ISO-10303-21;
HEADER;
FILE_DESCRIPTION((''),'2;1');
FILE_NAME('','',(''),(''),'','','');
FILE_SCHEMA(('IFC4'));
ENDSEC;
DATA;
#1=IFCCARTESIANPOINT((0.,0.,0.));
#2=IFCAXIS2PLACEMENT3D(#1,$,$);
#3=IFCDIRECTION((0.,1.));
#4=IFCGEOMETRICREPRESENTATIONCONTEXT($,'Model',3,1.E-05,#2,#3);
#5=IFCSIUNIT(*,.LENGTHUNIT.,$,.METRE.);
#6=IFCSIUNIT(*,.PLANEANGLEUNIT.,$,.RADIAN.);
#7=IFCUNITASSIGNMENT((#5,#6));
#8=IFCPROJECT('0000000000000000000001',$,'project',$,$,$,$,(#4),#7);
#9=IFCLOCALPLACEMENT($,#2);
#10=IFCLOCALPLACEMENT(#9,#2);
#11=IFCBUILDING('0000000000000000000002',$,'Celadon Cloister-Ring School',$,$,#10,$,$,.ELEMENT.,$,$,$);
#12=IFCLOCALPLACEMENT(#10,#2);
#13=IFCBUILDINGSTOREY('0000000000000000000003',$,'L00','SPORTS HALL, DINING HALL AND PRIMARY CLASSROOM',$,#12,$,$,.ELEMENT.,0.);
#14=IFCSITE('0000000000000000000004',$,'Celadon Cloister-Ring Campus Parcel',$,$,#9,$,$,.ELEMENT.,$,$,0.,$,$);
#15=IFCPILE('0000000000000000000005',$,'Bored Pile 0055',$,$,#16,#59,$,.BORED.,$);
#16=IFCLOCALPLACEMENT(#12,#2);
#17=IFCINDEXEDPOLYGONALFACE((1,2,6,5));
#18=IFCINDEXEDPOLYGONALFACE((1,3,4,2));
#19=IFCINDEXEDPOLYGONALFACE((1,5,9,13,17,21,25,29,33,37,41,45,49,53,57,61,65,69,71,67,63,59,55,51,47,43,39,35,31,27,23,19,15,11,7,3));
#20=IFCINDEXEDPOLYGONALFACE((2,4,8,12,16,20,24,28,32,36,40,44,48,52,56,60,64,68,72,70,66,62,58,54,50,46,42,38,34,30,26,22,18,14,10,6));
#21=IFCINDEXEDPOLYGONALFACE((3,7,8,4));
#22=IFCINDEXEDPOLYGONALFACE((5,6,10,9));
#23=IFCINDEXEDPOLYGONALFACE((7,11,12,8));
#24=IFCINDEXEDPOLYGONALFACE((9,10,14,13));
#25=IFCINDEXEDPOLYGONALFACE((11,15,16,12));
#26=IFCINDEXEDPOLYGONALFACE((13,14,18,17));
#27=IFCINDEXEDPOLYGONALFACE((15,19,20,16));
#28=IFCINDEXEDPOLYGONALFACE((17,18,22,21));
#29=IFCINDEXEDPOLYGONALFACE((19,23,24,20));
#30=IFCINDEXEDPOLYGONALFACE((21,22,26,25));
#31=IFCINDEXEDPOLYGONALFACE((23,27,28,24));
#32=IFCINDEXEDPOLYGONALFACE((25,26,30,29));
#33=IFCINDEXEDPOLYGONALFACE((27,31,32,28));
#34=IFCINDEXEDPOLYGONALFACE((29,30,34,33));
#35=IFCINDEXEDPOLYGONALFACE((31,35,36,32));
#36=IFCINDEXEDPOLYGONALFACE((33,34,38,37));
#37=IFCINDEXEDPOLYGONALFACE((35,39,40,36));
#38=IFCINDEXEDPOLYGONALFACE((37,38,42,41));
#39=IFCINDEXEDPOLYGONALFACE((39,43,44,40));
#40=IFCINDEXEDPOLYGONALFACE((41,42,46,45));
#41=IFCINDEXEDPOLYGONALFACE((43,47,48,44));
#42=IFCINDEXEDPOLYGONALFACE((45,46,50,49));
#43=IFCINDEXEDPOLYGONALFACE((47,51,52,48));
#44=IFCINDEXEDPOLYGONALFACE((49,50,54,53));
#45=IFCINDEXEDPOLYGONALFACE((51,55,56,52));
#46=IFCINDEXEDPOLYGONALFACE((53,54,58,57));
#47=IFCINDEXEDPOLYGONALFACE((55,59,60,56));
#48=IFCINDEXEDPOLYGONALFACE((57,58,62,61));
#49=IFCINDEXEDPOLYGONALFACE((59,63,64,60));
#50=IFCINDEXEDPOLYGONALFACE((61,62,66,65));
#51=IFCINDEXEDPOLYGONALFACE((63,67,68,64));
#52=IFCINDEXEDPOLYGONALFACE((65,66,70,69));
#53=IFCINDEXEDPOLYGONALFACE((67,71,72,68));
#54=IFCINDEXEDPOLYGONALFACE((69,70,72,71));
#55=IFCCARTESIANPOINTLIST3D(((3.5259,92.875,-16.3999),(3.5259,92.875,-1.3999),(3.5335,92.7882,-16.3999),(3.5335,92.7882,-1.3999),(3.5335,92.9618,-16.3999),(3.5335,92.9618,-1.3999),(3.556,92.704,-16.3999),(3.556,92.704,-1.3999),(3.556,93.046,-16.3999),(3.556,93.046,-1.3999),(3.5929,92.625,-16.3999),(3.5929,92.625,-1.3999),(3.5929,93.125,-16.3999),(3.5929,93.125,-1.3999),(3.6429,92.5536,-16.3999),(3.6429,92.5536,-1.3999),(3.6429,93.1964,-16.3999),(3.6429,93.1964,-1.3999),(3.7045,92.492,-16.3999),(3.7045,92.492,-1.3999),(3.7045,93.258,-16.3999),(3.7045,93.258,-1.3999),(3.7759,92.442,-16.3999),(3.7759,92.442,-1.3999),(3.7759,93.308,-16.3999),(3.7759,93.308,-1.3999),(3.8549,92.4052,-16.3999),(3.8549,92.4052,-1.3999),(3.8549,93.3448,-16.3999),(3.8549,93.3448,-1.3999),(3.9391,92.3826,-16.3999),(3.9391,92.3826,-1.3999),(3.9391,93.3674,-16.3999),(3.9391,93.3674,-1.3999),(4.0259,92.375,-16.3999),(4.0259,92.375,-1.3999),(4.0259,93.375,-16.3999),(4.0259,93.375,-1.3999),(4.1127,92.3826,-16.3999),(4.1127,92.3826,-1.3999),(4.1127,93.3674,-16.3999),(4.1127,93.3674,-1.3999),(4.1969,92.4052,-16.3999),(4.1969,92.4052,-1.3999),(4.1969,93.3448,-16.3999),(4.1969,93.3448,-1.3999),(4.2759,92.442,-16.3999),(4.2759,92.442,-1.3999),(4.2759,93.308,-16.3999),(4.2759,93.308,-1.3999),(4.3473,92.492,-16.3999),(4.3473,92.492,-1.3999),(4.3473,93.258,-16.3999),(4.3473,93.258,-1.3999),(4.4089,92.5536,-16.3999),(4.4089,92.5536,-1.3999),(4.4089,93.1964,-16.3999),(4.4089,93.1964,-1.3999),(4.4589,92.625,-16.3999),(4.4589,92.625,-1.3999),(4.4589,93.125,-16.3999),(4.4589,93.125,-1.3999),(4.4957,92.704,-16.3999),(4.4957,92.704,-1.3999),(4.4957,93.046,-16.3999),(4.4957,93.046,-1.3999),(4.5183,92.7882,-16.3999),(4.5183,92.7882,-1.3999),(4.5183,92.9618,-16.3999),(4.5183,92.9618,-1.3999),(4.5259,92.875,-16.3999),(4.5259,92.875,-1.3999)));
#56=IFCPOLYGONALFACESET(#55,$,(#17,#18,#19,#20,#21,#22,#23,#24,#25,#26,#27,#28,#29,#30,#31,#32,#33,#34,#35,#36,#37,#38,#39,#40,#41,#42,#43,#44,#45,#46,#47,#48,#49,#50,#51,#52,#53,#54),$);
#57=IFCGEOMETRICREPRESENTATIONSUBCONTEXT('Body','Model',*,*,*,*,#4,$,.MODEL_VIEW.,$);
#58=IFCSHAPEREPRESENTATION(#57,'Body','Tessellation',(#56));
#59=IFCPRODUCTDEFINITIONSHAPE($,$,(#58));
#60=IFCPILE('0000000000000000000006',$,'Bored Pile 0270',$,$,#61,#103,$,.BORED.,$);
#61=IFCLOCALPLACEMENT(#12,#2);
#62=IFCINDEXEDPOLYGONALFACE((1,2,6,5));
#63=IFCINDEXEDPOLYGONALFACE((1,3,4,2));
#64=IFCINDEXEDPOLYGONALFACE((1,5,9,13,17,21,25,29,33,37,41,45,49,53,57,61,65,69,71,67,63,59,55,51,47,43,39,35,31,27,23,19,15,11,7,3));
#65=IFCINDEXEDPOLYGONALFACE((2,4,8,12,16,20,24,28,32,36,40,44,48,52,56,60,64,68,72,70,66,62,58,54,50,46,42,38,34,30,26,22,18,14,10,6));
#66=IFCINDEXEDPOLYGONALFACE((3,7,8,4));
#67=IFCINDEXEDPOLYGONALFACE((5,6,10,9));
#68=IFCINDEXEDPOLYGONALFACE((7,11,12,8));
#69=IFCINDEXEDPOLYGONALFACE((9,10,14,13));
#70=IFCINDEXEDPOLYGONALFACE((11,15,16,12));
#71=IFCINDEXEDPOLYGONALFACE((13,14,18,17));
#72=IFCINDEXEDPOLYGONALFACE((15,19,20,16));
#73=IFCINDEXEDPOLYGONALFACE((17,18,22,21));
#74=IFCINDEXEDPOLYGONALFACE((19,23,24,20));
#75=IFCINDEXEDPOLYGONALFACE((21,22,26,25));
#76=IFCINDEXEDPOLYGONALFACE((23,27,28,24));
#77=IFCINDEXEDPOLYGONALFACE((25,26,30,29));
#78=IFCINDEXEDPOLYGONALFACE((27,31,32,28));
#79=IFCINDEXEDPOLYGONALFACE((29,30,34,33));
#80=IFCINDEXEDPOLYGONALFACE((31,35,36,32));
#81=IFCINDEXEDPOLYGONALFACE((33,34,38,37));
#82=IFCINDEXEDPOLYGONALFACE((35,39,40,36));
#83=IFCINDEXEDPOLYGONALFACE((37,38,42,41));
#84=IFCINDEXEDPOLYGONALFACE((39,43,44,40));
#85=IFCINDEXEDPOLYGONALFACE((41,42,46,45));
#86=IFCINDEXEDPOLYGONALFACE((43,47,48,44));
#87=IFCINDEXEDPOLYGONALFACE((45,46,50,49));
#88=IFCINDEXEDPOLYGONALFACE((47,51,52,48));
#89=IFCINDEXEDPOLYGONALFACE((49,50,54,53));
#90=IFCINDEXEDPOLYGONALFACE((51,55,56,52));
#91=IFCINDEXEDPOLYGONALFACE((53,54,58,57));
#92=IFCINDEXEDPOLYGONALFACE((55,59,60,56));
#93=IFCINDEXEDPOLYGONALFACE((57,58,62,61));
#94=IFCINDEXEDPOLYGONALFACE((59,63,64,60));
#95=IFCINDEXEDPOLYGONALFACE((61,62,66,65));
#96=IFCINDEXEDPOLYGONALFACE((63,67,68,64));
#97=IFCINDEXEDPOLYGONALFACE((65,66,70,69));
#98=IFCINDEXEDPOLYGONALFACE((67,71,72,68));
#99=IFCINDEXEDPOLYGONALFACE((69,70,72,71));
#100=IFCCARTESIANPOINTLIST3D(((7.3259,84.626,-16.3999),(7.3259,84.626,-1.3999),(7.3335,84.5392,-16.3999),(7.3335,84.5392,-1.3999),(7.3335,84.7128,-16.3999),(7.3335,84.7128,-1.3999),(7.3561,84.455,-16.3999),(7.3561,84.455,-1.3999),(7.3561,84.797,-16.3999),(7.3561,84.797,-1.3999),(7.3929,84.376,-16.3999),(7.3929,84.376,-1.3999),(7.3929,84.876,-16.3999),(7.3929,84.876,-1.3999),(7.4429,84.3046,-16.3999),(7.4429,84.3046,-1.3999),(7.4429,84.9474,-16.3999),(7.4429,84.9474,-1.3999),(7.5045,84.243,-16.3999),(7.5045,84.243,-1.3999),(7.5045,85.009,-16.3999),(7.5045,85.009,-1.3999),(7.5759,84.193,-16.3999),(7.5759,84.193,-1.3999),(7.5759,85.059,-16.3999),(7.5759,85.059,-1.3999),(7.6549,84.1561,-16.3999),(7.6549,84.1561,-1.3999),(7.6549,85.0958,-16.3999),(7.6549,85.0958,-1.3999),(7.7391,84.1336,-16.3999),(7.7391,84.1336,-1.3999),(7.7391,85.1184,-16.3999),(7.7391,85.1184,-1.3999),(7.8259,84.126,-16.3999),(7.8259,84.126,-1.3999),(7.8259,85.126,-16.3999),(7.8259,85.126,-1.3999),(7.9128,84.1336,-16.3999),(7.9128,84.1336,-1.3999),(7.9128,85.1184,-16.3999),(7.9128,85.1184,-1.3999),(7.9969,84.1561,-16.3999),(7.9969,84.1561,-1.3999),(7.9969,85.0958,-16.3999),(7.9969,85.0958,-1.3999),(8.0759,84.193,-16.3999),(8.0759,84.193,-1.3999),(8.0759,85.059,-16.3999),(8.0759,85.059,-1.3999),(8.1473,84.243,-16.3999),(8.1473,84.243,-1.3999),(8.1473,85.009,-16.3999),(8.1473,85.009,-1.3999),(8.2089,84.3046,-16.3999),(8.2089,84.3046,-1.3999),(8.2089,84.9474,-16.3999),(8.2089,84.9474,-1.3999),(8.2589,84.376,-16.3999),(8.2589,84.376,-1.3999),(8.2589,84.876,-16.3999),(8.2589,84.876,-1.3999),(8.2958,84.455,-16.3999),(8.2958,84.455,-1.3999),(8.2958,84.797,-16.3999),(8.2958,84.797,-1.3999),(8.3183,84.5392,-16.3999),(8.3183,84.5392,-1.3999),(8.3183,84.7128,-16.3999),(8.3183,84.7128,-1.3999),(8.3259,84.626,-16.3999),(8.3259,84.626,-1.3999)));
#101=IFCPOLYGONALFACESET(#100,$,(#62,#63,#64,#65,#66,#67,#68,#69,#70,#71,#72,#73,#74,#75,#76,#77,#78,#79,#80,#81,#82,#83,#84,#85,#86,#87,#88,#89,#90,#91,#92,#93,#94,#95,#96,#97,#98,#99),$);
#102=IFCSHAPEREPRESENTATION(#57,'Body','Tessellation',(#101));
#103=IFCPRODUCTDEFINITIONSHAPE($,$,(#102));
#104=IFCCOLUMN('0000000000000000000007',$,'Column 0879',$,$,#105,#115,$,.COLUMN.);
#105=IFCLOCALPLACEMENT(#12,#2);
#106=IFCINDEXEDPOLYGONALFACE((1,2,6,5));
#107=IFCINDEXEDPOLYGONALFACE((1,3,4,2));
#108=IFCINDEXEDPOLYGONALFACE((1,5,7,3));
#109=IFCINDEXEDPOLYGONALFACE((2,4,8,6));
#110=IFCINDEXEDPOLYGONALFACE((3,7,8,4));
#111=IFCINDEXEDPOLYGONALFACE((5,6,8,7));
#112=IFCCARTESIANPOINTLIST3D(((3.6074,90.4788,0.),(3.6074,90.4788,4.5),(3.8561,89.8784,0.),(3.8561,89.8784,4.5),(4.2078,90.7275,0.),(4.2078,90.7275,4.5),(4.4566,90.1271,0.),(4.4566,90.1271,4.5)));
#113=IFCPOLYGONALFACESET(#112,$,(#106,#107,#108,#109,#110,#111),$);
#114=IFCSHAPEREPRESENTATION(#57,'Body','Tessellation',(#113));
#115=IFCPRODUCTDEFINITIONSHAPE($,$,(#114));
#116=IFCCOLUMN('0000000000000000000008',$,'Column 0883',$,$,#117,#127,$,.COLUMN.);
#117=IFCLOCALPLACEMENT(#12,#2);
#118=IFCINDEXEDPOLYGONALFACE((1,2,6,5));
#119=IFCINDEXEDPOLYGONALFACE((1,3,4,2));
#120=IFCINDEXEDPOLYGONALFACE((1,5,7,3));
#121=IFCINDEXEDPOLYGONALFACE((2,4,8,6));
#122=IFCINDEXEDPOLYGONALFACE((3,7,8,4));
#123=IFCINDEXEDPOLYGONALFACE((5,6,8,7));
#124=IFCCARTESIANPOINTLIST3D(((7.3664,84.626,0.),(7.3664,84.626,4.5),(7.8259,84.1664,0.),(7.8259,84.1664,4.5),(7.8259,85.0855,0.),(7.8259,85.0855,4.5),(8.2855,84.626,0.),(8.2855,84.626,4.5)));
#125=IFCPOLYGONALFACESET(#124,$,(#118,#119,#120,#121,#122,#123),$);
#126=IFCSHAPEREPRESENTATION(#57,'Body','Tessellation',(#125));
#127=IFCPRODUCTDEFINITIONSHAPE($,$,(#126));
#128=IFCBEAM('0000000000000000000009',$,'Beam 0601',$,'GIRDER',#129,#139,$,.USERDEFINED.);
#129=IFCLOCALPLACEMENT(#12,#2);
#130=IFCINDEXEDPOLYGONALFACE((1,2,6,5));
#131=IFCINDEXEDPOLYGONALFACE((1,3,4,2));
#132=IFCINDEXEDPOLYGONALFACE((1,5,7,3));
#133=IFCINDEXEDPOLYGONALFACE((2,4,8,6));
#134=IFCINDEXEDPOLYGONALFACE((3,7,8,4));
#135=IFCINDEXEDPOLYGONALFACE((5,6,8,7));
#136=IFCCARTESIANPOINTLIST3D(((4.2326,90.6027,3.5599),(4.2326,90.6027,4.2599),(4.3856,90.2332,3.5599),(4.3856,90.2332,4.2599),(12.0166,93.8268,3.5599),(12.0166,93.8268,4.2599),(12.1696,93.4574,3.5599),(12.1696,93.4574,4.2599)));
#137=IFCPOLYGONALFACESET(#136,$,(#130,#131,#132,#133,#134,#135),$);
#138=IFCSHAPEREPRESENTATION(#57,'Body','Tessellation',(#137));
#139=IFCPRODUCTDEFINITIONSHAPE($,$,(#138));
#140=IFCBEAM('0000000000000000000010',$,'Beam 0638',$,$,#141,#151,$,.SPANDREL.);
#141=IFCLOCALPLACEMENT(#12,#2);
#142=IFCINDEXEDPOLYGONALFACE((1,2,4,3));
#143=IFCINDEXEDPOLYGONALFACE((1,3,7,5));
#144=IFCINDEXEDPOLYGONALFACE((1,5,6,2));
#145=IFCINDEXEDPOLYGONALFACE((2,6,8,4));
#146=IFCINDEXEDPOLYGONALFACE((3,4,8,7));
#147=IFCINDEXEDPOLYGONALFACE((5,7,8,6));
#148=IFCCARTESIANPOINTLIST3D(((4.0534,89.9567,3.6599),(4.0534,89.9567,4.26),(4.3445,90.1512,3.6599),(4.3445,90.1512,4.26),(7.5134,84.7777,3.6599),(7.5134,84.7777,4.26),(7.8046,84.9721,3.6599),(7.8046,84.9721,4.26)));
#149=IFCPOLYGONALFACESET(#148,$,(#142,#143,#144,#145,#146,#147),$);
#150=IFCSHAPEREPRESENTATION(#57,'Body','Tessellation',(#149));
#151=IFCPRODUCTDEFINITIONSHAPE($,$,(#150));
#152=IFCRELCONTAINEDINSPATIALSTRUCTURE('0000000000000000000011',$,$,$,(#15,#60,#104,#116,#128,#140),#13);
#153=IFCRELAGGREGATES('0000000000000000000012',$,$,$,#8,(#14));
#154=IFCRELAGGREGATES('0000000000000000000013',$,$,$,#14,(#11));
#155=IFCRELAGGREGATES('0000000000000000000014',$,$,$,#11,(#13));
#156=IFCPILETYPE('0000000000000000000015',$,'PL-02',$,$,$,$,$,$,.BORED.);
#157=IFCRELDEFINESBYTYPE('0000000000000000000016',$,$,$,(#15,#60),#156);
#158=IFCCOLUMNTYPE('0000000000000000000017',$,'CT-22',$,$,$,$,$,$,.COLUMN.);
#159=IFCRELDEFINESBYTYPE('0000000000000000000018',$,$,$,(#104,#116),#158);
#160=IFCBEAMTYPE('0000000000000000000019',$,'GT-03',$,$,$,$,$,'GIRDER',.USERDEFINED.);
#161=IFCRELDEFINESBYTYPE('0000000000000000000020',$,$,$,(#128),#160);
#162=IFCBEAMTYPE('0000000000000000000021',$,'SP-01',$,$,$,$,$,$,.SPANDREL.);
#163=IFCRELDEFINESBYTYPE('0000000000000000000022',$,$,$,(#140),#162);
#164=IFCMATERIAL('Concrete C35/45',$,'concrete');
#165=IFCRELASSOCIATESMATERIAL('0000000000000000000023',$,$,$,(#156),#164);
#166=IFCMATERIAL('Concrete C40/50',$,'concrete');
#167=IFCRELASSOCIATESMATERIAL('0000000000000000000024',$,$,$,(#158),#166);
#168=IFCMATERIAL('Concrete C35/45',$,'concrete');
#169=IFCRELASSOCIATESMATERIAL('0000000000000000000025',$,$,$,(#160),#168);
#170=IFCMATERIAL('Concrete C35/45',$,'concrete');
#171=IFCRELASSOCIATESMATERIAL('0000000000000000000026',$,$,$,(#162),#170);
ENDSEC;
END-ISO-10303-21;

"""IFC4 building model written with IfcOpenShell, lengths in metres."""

from ifc_helpers import new_model, si_unit, direction, frame, origin, origin_2d, place, context, subcontext, project, spatial, rectangle, circle, extrude, material, material_profile, profile_set, type_object, element, save


model = new_model("IFC4")

# Units and contexts
model_context = context("Model", 3, precision=1e-05, world=origin(), true_north=direction((0.0, 1.0)))
body_context = subcontext(model_context, "Body", "Model", "MODEL_VIEW")
ifc_project = project(units=[si_unit("LENGTHUNIT", "METRE"), si_unit("PLANEANGLEUNIT", "RADIAN")], contexts=[model_context])

# Site, building, storey
site_placement = place(None, origin())
site = spatial("IfcSite", under=ifc_project, at=site_placement, Name="Celadon Cloister-Ring Campus Parcel", CompositionType="ELEMENT", RefElevation=0.0)
building_placement = place(site_placement, origin())
building = spatial("IfcBuilding", under=site, at=building_placement, Name="Celadon Cloister-Ring School", CompositionType="ELEMENT")
storey_placement = place(building_placement, origin())
storey = spatial("IfcBuildingStorey", under=building, at=storey_placement, Name="L00", Description="SPORTS HALL, DINING HALL AND PRIMARY CLASSROOM", CompositionType="ELEMENT", Elevation=0.0)

# Piles
ifc_material_1 = material(Name="Concrete C35/45", Category="concrete")
ifc_material_profile_1 = material_profile(ifc_material_1, circle(Radius=0.5, at=origin_2d()), Name="PILE1000")
ifc_profile_set_1 = profile_set([ifc_material_profile_1], Name="Concrete C35/45")
pile_type = type_object("IfcPileType", Name="PL-02", PredefinedType="BORED", material=ifc_profile_set_1)
for number, where, z_axis, x_axis, name in (
    (1, (4.0259, 92.875, -1.3999), (0.0, 0.0, -1.0), (1.0, 0.0, 0.0), "Bored Pile 0055"),
    (2, (7.8259, 84.626, -1.3999), (0.0, 0.0, -1.0), (1.0, 0.0, 0.0), "Bored Pile 0270"),
):
    element("IfcPile", number, at=place(storey_placement, frame(where, z_axis=z_axis, x_axis=x_axis)), inside=storey, type_object=pile_type, Name=name, PredefinedType="BORED", context=body_context, shape_type="SweptSolid", body=[
        extrude(circle(Radius=0.5, at=origin_2d()), origin(), (0.0, 0.0, 1.0), 15.0),
    ])

# Columns
ifc_material_2 = material(Name="Concrete C40/50", Category="concrete")
ifc_material_profile_2 = material_profile(ifc_material_2, rectangle(XDim=0.6499, YDim=0.6499, at=origin_2d()), Name="RC650X650")
ifc_profile_set_2 = profile_set([ifc_material_profile_2], Name="Concrete C40/50")
column_type = type_object("IfcColumnType", Name="CT-22", PredefinedType="COLUMN", material=ifc_profile_set_2)
for number, where, z_axis, x_axis, name in (
    (3, (4.032, 90.303, 0.0), (0.0, 0.0, 1.0), (-0.92388, -0.382683, 0.0), "Column 0879"),
    (4, (7.8259, 84.626, 0.0), (0.0, 0.0, 1.0), (-0.707107, -0.707107, 0.0), "Column 0883"),
):
    element("IfcColumn", number, at=place(storey_placement, frame(where, z_axis=z_axis, x_axis=x_axis)), inside=storey, type_object=column_type, Name=name, PredefinedType="COLUMN", context=body_context, shape_type="SweptSolid", body=[
        extrude(rectangle(XDim=0.6499, YDim=0.6499, at=origin_2d()), origin(), (0.0, 0.0, 1.0), 4.5),
    ])

# Beams
ifc_material_3 = material(Name="Concrete C35/45", Category="concrete")
ifc_material_profile_3 = material_profile(ifc_material_3, rectangle(XDim=0.3999, YDim=0.7, at=origin_2d()), Name="RC400X700")
ifc_profile_set_3 = profile_set([ifc_material_profile_3], Name="Concrete C35/45")
beam_type_1 = type_object("IfcBeamType", Name="GT-03", ElementType="GIRDER", PredefinedType="USERDEFINED", material=ifc_profile_set_3)
beam_1_placement = place(storey_placement, frame((4.3091, 90.418, 3.9099), z_axis=(0.923883, 0.382674, 0.0), x_axis=(-0.382674, 0.923883, 0.0)))
element("IfcBeam", 5, at=beam_1_placement, inside=storey, type_object=beam_type_1, Name="Beam 0601", ObjectType="GIRDER", PredefinedType="USERDEFINED", context=body_context, shape_type="SweptSolid", body=[
    extrude(rectangle(XDim=0.3999, YDim=0.7, at=origin_2d()), origin(), (0.0, 0.0, 1.0), 8.4253),
])
ifc_material_4 = material(Name="Concrete C35/45", Category="concrete")
ifc_material_profile_4 = material_profile(ifc_material_4, rectangle(XDim=0.3501, YDim=0.6001, at=origin_2d()), Name="RC350X600")
ifc_profile_set_4 = profile_set([ifc_material_profile_4], Name="Concrete C35/45")
beam_type_2 = type_object("IfcBeamType", Name="SP-01", PredefinedType="SPANDREL", material=ifc_profile_set_4)
beam_2_placement = place(storey_placement, frame((4.199, 90.054, 3.96), z_axis=(0.555514, -0.831507, 0.0), x_axis=(0.831507, 0.555514, 0.0)))
element("IfcBeam", 6, at=beam_2_placement, inside=storey, type_object=beam_type_2, Name="Beam 0638", PredefinedType="SPANDREL", context=body_context, shape_type="SweptSolid", body=[
    extrude(rectangle(XDim=0.3501, YDim=0.6001, at=origin_2d()), origin(), (0.0, 0.0, 1.0), 6.2285),
])

save(model, "model.ifc")
